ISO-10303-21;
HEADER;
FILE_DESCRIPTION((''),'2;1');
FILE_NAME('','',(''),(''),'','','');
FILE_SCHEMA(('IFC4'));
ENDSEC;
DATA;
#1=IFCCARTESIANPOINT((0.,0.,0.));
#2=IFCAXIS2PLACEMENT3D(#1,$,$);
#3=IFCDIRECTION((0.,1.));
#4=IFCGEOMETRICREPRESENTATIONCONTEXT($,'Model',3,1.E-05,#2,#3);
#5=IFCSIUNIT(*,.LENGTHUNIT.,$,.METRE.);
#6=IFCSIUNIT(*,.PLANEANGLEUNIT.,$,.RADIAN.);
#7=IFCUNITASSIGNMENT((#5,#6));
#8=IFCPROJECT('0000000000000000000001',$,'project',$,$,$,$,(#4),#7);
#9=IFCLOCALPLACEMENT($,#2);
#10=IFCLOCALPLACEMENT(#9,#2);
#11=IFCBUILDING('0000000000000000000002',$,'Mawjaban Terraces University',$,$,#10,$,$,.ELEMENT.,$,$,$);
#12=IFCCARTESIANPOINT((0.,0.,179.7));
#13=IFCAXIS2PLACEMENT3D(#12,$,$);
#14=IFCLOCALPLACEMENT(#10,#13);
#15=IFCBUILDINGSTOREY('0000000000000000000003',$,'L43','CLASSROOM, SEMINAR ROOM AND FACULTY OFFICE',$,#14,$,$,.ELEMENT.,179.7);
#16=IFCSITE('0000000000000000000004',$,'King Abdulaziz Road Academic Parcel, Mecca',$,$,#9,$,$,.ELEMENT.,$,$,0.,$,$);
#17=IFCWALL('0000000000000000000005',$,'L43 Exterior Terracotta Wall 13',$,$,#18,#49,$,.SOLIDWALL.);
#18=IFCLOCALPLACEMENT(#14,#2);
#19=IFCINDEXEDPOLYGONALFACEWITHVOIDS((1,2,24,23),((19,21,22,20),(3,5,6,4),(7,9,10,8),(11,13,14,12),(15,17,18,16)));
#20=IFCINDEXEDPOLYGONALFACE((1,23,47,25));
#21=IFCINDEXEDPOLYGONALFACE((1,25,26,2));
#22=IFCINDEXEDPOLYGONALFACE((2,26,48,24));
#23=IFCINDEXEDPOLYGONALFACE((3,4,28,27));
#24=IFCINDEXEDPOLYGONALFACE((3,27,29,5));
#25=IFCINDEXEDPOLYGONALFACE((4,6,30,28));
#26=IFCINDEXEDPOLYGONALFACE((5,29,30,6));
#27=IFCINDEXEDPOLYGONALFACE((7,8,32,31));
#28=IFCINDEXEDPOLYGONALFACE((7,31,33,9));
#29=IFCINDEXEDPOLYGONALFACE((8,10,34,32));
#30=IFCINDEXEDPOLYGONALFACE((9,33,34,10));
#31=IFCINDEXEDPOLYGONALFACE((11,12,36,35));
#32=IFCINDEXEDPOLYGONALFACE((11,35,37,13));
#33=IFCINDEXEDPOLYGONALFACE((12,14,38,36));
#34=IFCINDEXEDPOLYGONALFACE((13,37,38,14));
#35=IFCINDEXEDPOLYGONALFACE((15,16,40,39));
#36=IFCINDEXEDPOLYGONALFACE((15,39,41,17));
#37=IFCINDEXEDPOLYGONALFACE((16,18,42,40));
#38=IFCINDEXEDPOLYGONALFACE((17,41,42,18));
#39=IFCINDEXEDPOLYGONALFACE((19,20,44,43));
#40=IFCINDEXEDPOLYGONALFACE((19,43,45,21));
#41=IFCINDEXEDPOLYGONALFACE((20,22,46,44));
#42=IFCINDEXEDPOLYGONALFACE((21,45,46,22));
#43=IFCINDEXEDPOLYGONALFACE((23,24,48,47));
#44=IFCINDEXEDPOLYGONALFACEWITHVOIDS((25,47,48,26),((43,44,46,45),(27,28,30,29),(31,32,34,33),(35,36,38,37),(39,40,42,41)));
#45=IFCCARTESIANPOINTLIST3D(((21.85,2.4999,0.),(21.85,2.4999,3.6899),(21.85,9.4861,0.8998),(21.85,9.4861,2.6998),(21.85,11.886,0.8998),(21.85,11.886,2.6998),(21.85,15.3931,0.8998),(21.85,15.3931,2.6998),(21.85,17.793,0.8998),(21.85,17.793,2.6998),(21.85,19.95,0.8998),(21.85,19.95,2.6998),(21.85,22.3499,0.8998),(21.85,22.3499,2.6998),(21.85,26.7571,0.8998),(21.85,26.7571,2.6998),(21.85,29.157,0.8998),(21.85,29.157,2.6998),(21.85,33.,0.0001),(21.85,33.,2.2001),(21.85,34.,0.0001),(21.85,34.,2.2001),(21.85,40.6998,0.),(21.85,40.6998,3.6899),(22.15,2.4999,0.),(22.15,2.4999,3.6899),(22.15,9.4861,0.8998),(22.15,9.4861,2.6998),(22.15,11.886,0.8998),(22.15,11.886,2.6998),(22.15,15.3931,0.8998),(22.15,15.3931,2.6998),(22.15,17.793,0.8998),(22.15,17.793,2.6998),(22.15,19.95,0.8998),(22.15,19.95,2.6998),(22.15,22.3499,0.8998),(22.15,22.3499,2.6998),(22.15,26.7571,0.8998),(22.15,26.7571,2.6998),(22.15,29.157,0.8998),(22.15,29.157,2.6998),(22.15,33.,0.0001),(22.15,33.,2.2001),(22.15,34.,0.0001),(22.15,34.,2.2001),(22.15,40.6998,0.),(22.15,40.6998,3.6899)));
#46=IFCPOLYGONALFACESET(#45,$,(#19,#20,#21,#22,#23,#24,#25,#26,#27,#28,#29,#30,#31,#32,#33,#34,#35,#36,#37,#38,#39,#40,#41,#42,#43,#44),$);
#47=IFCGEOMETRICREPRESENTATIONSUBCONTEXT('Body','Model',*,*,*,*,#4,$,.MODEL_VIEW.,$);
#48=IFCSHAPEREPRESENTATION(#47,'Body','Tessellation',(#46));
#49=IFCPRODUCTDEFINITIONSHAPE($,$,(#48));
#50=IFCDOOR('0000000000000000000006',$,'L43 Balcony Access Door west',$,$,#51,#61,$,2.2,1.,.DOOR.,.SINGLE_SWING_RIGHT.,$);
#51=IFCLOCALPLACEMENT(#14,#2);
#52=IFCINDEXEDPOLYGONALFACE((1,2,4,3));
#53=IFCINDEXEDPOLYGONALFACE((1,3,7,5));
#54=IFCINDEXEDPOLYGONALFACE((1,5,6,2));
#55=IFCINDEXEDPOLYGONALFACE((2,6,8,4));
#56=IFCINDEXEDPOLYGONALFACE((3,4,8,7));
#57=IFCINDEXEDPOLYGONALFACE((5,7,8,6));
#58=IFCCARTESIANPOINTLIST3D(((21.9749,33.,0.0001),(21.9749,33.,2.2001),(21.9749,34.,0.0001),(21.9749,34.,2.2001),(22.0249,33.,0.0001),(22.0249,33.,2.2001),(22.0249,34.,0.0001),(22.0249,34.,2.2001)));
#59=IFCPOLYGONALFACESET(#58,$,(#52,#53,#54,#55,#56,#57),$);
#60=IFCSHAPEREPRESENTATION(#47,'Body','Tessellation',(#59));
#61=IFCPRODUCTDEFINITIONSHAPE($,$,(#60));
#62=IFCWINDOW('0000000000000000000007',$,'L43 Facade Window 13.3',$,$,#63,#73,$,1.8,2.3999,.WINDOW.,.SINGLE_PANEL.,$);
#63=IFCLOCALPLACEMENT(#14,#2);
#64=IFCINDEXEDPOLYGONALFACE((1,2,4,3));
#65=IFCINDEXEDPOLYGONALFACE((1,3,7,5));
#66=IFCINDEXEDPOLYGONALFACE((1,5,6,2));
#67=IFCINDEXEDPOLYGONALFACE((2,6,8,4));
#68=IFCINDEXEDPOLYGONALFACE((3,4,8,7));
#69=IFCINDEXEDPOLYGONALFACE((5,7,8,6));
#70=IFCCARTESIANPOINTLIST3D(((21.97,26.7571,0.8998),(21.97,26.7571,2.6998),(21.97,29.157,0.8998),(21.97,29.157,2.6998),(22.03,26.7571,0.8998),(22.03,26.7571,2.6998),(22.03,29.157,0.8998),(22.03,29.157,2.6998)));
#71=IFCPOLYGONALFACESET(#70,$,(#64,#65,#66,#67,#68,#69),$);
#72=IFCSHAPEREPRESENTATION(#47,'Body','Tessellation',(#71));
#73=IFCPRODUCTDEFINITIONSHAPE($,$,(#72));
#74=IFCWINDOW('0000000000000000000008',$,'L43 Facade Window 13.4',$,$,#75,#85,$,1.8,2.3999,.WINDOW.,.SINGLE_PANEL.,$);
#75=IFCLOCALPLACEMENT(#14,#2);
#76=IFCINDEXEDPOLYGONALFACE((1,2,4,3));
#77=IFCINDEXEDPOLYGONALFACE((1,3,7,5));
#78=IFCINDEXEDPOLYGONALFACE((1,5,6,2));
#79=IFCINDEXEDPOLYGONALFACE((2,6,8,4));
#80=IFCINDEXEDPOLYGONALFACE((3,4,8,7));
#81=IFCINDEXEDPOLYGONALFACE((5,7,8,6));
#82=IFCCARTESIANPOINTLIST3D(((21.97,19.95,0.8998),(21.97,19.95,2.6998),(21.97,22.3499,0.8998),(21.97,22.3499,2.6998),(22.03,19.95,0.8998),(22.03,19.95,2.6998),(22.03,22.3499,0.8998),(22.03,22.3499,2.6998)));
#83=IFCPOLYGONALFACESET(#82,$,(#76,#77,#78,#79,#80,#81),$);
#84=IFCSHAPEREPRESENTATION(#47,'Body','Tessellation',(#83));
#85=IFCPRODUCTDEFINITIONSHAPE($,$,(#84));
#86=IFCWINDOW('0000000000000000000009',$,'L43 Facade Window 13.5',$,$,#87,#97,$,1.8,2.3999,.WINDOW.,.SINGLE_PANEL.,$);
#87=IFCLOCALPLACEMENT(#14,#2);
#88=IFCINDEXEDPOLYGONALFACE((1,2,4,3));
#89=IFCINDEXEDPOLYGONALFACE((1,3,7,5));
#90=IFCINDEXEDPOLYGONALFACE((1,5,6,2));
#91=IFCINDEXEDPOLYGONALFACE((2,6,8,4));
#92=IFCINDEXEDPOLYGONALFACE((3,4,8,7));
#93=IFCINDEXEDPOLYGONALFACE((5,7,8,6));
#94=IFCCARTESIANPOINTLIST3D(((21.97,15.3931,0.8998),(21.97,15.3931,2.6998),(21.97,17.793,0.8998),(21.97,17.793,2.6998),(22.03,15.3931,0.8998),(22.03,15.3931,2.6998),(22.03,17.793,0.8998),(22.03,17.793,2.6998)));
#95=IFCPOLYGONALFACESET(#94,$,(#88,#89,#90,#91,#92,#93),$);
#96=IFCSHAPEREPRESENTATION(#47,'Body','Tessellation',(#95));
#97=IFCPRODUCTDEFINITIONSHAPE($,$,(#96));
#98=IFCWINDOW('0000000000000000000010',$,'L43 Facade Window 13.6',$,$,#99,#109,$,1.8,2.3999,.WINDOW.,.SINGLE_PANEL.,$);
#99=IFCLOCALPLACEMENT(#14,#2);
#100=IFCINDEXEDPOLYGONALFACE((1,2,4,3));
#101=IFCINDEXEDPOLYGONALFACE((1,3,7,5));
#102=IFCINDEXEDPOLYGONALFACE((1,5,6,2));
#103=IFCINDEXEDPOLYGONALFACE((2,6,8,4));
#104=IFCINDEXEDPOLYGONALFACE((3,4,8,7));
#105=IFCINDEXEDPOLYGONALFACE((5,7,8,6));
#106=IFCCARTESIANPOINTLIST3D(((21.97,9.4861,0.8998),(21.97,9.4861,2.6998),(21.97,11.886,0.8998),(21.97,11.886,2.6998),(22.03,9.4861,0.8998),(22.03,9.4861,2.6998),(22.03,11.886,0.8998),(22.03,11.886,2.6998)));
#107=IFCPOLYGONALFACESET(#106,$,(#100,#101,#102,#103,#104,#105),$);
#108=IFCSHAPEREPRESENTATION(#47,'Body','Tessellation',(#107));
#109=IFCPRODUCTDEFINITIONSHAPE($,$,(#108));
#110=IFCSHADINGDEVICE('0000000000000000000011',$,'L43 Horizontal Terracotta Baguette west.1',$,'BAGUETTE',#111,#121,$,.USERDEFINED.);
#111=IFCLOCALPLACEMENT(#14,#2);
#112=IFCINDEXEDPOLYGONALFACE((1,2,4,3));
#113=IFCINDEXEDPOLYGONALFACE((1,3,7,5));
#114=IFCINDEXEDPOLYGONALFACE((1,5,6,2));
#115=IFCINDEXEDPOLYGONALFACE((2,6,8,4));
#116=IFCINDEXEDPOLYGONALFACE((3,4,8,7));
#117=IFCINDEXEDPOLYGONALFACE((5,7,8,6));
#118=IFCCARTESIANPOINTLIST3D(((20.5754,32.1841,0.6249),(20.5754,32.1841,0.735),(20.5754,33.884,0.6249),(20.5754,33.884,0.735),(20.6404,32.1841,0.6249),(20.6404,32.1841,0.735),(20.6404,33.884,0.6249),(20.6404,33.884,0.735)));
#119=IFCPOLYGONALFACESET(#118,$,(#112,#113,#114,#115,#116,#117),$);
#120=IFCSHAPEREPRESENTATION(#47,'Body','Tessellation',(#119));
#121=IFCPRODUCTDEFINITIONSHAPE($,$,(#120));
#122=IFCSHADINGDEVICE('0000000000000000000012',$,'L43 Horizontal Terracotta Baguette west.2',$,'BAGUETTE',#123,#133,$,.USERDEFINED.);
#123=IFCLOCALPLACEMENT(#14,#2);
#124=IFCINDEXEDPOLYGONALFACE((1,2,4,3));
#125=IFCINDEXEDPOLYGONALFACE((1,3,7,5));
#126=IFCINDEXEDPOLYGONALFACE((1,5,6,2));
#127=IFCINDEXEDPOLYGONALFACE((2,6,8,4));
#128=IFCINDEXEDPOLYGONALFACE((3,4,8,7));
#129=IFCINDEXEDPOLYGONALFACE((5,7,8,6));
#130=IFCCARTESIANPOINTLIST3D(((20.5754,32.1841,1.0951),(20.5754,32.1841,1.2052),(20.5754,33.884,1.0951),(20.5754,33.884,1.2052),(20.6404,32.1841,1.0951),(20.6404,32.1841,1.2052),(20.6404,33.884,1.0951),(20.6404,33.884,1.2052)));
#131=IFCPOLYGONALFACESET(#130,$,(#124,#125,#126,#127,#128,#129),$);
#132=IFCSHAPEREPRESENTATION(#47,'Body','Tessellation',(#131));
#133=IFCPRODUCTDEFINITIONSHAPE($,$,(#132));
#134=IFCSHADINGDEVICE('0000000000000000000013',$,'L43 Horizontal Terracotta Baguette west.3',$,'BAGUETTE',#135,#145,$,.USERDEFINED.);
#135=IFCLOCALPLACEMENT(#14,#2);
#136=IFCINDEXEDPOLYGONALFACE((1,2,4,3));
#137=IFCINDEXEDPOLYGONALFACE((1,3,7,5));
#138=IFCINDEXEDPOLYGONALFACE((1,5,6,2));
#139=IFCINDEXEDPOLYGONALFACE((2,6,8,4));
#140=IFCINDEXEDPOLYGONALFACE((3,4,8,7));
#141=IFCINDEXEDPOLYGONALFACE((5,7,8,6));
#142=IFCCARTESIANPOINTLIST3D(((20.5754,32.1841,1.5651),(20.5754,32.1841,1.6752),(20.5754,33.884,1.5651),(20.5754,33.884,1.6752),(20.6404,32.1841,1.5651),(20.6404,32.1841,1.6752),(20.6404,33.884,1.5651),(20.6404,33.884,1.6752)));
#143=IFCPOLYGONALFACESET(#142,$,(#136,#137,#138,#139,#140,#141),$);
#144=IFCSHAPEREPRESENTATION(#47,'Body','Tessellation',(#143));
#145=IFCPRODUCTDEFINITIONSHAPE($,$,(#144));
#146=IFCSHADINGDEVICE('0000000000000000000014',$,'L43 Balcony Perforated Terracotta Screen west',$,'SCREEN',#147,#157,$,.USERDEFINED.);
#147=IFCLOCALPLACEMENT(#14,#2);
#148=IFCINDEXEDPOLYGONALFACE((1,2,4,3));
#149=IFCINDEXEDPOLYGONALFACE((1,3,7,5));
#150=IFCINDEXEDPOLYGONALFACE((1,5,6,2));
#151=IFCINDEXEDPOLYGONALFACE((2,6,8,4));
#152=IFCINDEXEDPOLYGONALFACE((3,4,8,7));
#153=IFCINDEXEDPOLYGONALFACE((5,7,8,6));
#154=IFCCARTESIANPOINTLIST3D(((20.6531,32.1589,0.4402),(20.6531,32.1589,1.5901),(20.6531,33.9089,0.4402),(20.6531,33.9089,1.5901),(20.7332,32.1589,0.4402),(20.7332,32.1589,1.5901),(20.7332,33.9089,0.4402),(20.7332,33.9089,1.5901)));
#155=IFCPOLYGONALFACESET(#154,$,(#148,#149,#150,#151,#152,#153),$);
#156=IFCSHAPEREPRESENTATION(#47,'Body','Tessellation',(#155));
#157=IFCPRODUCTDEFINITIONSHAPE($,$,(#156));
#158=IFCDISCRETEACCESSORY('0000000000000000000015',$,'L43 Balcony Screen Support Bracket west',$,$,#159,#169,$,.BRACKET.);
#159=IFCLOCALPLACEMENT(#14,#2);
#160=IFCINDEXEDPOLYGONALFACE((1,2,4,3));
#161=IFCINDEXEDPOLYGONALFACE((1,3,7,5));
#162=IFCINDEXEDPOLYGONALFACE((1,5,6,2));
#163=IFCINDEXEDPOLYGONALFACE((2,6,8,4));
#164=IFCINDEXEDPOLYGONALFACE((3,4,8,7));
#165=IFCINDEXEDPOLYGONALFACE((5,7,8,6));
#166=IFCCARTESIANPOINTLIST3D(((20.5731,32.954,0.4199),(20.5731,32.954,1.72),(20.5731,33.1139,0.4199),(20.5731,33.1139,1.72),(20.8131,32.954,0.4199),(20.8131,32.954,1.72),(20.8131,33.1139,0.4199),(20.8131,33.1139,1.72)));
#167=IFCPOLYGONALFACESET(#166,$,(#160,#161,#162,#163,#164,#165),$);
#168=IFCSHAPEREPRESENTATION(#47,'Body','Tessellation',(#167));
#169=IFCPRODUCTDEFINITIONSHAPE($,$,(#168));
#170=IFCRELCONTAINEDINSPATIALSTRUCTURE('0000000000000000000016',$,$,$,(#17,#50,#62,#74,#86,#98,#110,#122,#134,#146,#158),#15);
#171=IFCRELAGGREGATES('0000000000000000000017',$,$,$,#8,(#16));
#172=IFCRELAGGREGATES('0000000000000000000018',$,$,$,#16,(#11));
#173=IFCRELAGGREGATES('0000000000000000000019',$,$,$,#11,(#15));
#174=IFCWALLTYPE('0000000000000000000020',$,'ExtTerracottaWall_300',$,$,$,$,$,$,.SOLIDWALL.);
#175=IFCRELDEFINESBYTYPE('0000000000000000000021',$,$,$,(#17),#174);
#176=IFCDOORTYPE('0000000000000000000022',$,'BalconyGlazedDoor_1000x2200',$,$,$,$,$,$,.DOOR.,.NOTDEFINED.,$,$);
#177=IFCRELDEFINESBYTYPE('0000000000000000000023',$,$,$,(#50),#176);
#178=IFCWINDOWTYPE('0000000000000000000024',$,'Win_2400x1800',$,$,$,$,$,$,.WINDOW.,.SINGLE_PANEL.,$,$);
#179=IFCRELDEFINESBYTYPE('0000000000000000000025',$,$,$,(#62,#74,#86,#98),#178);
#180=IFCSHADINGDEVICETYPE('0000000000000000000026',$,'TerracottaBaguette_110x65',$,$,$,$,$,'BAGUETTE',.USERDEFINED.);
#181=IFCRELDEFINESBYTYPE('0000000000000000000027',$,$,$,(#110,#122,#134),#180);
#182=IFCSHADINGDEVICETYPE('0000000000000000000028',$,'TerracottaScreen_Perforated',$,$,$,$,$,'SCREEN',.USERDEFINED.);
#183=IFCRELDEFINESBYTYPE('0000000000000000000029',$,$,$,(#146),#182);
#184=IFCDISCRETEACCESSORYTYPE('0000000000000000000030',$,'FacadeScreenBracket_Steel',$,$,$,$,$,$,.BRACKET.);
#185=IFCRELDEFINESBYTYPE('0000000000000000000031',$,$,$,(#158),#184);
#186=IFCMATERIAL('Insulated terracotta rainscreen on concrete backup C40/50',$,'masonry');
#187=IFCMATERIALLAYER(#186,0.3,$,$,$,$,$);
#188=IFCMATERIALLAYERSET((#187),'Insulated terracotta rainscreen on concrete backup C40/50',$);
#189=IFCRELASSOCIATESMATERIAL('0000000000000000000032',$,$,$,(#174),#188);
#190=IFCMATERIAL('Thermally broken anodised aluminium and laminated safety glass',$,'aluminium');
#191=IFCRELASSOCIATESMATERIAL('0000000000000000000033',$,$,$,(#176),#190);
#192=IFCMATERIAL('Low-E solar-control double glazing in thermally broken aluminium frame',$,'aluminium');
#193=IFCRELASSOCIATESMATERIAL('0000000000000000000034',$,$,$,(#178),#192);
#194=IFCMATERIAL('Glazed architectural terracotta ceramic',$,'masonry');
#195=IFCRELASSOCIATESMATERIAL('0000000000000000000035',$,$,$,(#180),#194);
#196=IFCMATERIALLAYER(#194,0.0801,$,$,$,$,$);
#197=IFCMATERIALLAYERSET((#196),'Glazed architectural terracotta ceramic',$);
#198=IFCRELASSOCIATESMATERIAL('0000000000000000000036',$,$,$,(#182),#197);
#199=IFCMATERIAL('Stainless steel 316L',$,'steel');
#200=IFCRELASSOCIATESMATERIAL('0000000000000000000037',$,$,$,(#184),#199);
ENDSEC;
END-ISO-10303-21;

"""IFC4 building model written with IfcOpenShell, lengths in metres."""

from ifc_helpers import new_model, si_unit, direction, frame, frame_2d, origin, origin_2d, place, context, subcontext, project, spatial, rectangle, extrude, material, layer, layer_set, material_profile, profile_set, type_object, element, fill, save


model = new_model("IFC4")

# Units and contexts
model_context = context("Model", 3, precision=1e-05, world=origin(), true_north=direction((0.0, 1.0)))
body_context = subcontext(model_context, "Body", "Model", "MODEL_VIEW")
ifc_project = project(units=[si_unit("LENGTHUNIT", "METRE"), si_unit("PLANEANGLEUNIT", "RADIAN")], contexts=[model_context])

# Site, building, storey
site_placement = place(None, origin())
site = spatial("IfcSite", under=ifc_project, at=site_placement, Name="King Abdulaziz Road Academic Parcel, Mecca", CompositionType="ELEMENT", RefElevation=0.0)
building_placement = place(site_placement, origin())
building = spatial("IfcBuilding", under=site, at=building_placement, Name="Mawjaban Terraces University", CompositionType="ELEMENT")
storey_placement = place(building_placement, frame((0.0, 0.0, 179.7)))
storey = spatial("IfcBuildingStorey", under=building, at=storey_placement, Name="L43", Description="CLASSROOM, SEMINAR ROOM AND FACULTY OFFICE", CompositionType="ELEMENT", Elevation=179.7)

# Shared definitions
ifc_material_1 = material(Name="Insulated terracotta rainscreen on concrete backup C40/50", Category="masonry")
ifc_layer_1 = layer(ifc_material_1, 0.3)
ifc_layer_set_1 = layer_set([ifc_layer_1], Name="Insulated terracotta rainscreen on concrete backup C40/50")
wall_type_1 = type_object("IfcWallType", Name="ExtTerracottaWall_300", PredefinedType="SOLIDWALL", material=ifc_layer_set_1)

# Wall, openings, door, windows
wall_1_placement = place(storey_placement, frame((22.0, 40.7, 0.0), z_axis=(0.0, 0.0, 1.0), x_axis=(0.0, -1.0, 0.0)))
wall_1 = element("IfcWall", 1, at=wall_1_placement, inside=storey, type_object=wall_type_1, Name="L43 Exterior Terracotta Wall 13", PredefinedType="SOLIDWALL", context=body_context, shape_type="SweptSolid", body=[
    extrude(rectangle(XDim=38.2, YDim=0.3, at=frame_2d((19.1001, 0.0))), origin(), (0.0, 0.0, 1.0), 3.6899),
])
opening_1_placement = place(wall_1_placement, frame((6.7, 0.0, 0.0)))
opening_1 = element("IfcOpeningElement", 2, at=opening_1_placement, cuts=wall_1, PredefinedType="OPENING", context=body_context, shape_type="SweptSolid", body=[
    extrude(rectangle(XDim=1.0, YDim=2.2, at=frame_2d((0.5, 1.1001))), frame((0.0, 0.1599, 0.0), z_axis=(0.0, -1.0, 0.0), x_axis=(1.0, 0.0, 0.0)), (0.0, 0.0, 1.0), 0.3201),
])
opening_2_placement = place(wall_1_placement, frame((11.543, 0.0, 0.8999)))
opening_2 = element("IfcOpeningElement", 3, at=opening_2_placement, cuts=wall_1, PredefinedType="OPENING", context=body_context, shape_type="SweptSolid", body=[
    extrude(rectangle(XDim=2.3999, YDim=1.8, at=frame_2d((1.2, 0.8999))), frame((0.0, 0.1599, 0.0), z_axis=(0.0, -1.0, 0.0), x_axis=(1.0, 0.0, 0.0)), (0.0, 0.0, 1.0), 0.3201),
])
opening_3_placement = place(wall_1_placement, frame((18.3501, 0.0, 0.8999)))
opening_3 = element("IfcOpeningElement", 4, at=opening_3_placement, cuts=wall_1, PredefinedType="OPENING", context=body_context, shape_type="SweptSolid", body=[
    extrude(rectangle(XDim=2.3999, YDim=1.8, at=frame_2d((1.2, 0.8999))), frame((0.0, 0.1599, 0.0), z_axis=(0.0, -1.0, 0.0), x_axis=(1.0, 0.0, 0.0)), (0.0, 0.0, 1.0), 0.3201),
])
opening_4_placement = place(wall_1_placement, frame((22.907, 0.0, 0.8999)))
opening_4 = element("IfcOpeningElement", 5, at=opening_4_placement, cuts=wall_1, PredefinedType="OPENING", context=body_context, shape_type="SweptSolid", body=[
    extrude(rectangle(XDim=2.3999, YDim=1.8, at=frame_2d((1.2, 0.8999))), frame((0.0, 0.1599, 0.0), z_axis=(0.0, -1.0, 0.0), x_axis=(1.0, 0.0, 0.0)), (0.0, 0.0, 1.0), 0.3201),
])
opening_5_placement = place(wall_1_placement, frame((28.814, 0.0, 0.8999)))
opening_5 = element("IfcOpeningElement", 6, at=opening_5_placement, cuts=wall_1, PredefinedType="OPENING", context=body_context, shape_type="SweptSolid", body=[
    extrude(rectangle(XDim=2.3999, YDim=1.8, at=frame_2d((1.2, 0.8999))), frame((0.0, 0.1599, 0.0), z_axis=(0.0, -1.0, 0.0), x_axis=(1.0, 0.0, 0.0)), (0.0, 0.0, 1.0), 0.3201),
])
ifc_material_2 = material(Name="Thermally broken anodised aluminium and laminated safety glass", Category="aluminium")
door_type_1 = type_object("IfcDoorType", Name="BalconyGlazedDoor_1000x2200", OperationType="NOTDEFINED", PredefinedType="DOOR", material=ifc_material_2)
door_1_placement = place(opening_1_placement, origin())
door_1 = element("IfcDoor", 7, at=door_1_placement, inside=storey, type_object=door_type_1, Name="L43 Balcony Access Door west", OperationType="SINGLE_SWING_RIGHT", OverallHeight=2.2, OverallWidth=1.0, PredefinedType="DOOR", context=body_context, shape_type="SweptSolid", body=[
    extrude(rectangle(XDim=1.0, YDim=2.2, at=frame_2d((0.5, 1.1001))), frame((0.0, 0.0249, 0.0), z_axis=(0.0, -1.0, 0.0), x_axis=(1.0, 0.0, 0.0)), (0.0, 0.0, 1.0), 0.05),
])
fill(opening_1, door_1)
ifc_material_3 = material(Name="Low-E solar-control double glazing in thermally broken aluminium frame", Category="aluminium")
window_type = type_object("IfcWindowType", Name="Win_2400x1800", PartitioningType="SINGLE_PANEL", PredefinedType="WINDOW", material=ifc_material_3)
window_1_placement = place(opening_2_placement, origin())
window_1 = element("IfcWindow", 8, at=window_1_placement, inside=storey, type_object=window_type, Name="L43 Facade Window 13.3", OverallHeight=1.8, OverallWidth=2.3999, PartitioningType="SINGLE_PANEL", PredefinedType="WINDOW", context=body_context, shape_type="SweptSolid", body=[
    extrude(rectangle(XDim=2.3999, YDim=1.8, at=frame_2d((1.2, 0.8999))), frame((0.0, 0.03, 0.0), z_axis=(0.0, -1.0, 0.0), x_axis=(1.0, 0.0, 0.0)), (0.0, 0.0, 1.0), 0.0601),
])
fill(opening_2, window_1)
window_2_placement = place(opening_3_placement, origin())
window_2 = element("IfcWindow", 9, at=window_2_placement, inside=storey, type_object=window_type, Name="L43 Facade Window 13.4", OverallHeight=1.8, OverallWidth=2.3999, PartitioningType="SINGLE_PANEL", PredefinedType="WINDOW", context=body_context, shape_type="SweptSolid", body=[
    extrude(rectangle(XDim=2.3999, YDim=1.8, at=frame_2d((1.2, 0.8999))), frame((0.0, 0.03, 0.0), z_axis=(0.0, -1.0, 0.0), x_axis=(1.0, 0.0, 0.0)), (0.0, 0.0, 1.0), 0.0601),
])
fill(opening_3, window_2)
window_3_placement = place(opening_4_placement, origin())
window_3 = element("IfcWindow", 10, at=window_3_placement, inside=storey, type_object=window_type, Name="L43 Facade Window 13.5", OverallHeight=1.8, OverallWidth=2.3999, PartitioningType="SINGLE_PANEL", PredefinedType="WINDOW", context=body_context, shape_type="SweptSolid", body=[
    extrude(rectangle(XDim=2.3999, YDim=1.8, at=frame_2d((1.2, 0.8999))), frame((0.0, 0.03, 0.0), z_axis=(0.0, -1.0, 0.0), x_axis=(1.0, 0.0, 0.0)), (0.0, 0.0, 1.0), 0.0601),
])
fill(opening_4, window_3)
window_4_placement = place(opening_5_placement, origin())
window_4 = element("IfcWindow", 11, at=window_4_placement, inside=storey, type_object=window_type, Name="L43 Facade Window 13.6", OverallHeight=1.8, OverallWidth=2.3999, PartitioningType="SINGLE_PANEL", PredefinedType="WINDOW", context=body_context, shape_type="SweptSolid", body=[
    extrude(rectangle(XDim=2.3999, YDim=1.8, at=frame_2d((1.2, 0.8999))), frame((0.0, 0.03, 0.0), z_axis=(0.0, -1.0, 0.0), x_axis=(1.0, 0.0, 0.0)), (0.0, 0.0, 1.0), 0.0601),
])
fill(opening_5, window_4)

# Shading devices
ifc_material_4 = material(Name="Glazed architectural terracotta ceramic", Category="masonry")
ifc_material_profile_1 = material_profile(ifc_material_4, rectangle(XDim=0.0649, YDim=0.1101, at=origin_2d()), Name="TBAG110X65")
ifc_profile_set_1 = profile_set([ifc_material_profile_1], Name="Glazed architectural terracotta ceramic")
shading_device_type_1 = type_object("IfcShadingDeviceType", Name="TerracottaBaguette_110x65", ElementType="BAGUETTE", PredefinedType="USERDEFINED", material=ifc_profile_set_1)
for number, where, z_axis, x_axis, name in (
    (12, (20.6079, 32.1841, 0.6799), (0.0, 1.0, 0.0), (-1.0, 0.0, 0.0), "L43 Horizontal Terracotta Baguette west.1"),
    (13, (20.6079, 32.1841, 1.1501), (0.0, 1.0, 0.0), (-1.0, 0.0, 0.0), "L43 Horizontal Terracotta Baguette west.2"),
    (14, (20.6079, 32.1841, 1.6201), (0.0, 1.0, 0.0), (-1.0, 0.0, 0.0), "L43 Horizontal Terracotta Baguette west.3"),
):
    element("IfcShadingDevice", number, at=place(storey_placement, frame(where, z_axis=z_axis, x_axis=x_axis)), inside=storey, type_object=shading_device_type_1, Name=name, ObjectType="BAGUETTE", PredefinedType="USERDEFINED", context=body_context, shape_type="SweptSolid", body=[
        extrude(rectangle(XDim=0.0649, YDim=0.1101, at=origin_2d()), origin(), (0.0, 0.0, 1.0), 1.7),
    ])
ifc_layer_2 = layer(ifc_material_4, 0.0801)
ifc_layer_set_2 = layer_set([ifc_layer_2], Name="Glazed architectural terracotta ceramic")
shading_device_type_2 = type_object("IfcShadingDeviceType", Name="TerracottaScreen_Perforated", ElementType="SCREEN", PredefinedType="USERDEFINED", material=ifc_layer_set_2)
shading_device_placement = place(storey_placement, frame((20.6931, 33.0339, 0.4402), z_axis=(0.0, 0.0, 1.0), x_axis=(0.0, 1.0, 0.0)))
element("IfcShadingDevice", 15, at=shading_device_placement, inside=storey, type_object=shading_device_type_2, Name="L43 Balcony Perforated Terracotta Screen west", ObjectType="SCREEN", PredefinedType="USERDEFINED", context=body_context, shape_type="SweptSolid", body=[
    extrude(rectangle(XDim=1.75, YDim=0.0801, at=origin_2d()), origin(), (0.0, 0.0, 1.0), 1.1499),
])

# Discrete accessory
ifc_material_5 = material(Name="Stainless steel 316L", Category="steel")
discrete_accessory_type_1 = type_object("IfcDiscreteAccessoryType", Name="FacadeScreenBracket_Steel", PredefinedType="BRACKET", material=ifc_material_5)
discrete_accessory_1_placement = place(storey_placement, frame((20.6931, 33.0339, 0.4199), z_axis=(0.0, 0.0, 1.0), x_axis=(0.0, 1.0, 0.0)))
element("IfcDiscreteAccessory", 16, at=discrete_accessory_1_placement, inside=storey, type_object=discrete_accessory_type_1, Name="L43 Balcony Screen Support Bracket west", PredefinedType="BRACKET", context=body_context, shape_type="SweptSolid", body=[
    extrude(rectangle(XDim=0.1599, YDim=0.24, at=origin_2d()), origin(), (0.0, 0.0, 1.0), 1.3),
])

save(model, "model.ifc")
